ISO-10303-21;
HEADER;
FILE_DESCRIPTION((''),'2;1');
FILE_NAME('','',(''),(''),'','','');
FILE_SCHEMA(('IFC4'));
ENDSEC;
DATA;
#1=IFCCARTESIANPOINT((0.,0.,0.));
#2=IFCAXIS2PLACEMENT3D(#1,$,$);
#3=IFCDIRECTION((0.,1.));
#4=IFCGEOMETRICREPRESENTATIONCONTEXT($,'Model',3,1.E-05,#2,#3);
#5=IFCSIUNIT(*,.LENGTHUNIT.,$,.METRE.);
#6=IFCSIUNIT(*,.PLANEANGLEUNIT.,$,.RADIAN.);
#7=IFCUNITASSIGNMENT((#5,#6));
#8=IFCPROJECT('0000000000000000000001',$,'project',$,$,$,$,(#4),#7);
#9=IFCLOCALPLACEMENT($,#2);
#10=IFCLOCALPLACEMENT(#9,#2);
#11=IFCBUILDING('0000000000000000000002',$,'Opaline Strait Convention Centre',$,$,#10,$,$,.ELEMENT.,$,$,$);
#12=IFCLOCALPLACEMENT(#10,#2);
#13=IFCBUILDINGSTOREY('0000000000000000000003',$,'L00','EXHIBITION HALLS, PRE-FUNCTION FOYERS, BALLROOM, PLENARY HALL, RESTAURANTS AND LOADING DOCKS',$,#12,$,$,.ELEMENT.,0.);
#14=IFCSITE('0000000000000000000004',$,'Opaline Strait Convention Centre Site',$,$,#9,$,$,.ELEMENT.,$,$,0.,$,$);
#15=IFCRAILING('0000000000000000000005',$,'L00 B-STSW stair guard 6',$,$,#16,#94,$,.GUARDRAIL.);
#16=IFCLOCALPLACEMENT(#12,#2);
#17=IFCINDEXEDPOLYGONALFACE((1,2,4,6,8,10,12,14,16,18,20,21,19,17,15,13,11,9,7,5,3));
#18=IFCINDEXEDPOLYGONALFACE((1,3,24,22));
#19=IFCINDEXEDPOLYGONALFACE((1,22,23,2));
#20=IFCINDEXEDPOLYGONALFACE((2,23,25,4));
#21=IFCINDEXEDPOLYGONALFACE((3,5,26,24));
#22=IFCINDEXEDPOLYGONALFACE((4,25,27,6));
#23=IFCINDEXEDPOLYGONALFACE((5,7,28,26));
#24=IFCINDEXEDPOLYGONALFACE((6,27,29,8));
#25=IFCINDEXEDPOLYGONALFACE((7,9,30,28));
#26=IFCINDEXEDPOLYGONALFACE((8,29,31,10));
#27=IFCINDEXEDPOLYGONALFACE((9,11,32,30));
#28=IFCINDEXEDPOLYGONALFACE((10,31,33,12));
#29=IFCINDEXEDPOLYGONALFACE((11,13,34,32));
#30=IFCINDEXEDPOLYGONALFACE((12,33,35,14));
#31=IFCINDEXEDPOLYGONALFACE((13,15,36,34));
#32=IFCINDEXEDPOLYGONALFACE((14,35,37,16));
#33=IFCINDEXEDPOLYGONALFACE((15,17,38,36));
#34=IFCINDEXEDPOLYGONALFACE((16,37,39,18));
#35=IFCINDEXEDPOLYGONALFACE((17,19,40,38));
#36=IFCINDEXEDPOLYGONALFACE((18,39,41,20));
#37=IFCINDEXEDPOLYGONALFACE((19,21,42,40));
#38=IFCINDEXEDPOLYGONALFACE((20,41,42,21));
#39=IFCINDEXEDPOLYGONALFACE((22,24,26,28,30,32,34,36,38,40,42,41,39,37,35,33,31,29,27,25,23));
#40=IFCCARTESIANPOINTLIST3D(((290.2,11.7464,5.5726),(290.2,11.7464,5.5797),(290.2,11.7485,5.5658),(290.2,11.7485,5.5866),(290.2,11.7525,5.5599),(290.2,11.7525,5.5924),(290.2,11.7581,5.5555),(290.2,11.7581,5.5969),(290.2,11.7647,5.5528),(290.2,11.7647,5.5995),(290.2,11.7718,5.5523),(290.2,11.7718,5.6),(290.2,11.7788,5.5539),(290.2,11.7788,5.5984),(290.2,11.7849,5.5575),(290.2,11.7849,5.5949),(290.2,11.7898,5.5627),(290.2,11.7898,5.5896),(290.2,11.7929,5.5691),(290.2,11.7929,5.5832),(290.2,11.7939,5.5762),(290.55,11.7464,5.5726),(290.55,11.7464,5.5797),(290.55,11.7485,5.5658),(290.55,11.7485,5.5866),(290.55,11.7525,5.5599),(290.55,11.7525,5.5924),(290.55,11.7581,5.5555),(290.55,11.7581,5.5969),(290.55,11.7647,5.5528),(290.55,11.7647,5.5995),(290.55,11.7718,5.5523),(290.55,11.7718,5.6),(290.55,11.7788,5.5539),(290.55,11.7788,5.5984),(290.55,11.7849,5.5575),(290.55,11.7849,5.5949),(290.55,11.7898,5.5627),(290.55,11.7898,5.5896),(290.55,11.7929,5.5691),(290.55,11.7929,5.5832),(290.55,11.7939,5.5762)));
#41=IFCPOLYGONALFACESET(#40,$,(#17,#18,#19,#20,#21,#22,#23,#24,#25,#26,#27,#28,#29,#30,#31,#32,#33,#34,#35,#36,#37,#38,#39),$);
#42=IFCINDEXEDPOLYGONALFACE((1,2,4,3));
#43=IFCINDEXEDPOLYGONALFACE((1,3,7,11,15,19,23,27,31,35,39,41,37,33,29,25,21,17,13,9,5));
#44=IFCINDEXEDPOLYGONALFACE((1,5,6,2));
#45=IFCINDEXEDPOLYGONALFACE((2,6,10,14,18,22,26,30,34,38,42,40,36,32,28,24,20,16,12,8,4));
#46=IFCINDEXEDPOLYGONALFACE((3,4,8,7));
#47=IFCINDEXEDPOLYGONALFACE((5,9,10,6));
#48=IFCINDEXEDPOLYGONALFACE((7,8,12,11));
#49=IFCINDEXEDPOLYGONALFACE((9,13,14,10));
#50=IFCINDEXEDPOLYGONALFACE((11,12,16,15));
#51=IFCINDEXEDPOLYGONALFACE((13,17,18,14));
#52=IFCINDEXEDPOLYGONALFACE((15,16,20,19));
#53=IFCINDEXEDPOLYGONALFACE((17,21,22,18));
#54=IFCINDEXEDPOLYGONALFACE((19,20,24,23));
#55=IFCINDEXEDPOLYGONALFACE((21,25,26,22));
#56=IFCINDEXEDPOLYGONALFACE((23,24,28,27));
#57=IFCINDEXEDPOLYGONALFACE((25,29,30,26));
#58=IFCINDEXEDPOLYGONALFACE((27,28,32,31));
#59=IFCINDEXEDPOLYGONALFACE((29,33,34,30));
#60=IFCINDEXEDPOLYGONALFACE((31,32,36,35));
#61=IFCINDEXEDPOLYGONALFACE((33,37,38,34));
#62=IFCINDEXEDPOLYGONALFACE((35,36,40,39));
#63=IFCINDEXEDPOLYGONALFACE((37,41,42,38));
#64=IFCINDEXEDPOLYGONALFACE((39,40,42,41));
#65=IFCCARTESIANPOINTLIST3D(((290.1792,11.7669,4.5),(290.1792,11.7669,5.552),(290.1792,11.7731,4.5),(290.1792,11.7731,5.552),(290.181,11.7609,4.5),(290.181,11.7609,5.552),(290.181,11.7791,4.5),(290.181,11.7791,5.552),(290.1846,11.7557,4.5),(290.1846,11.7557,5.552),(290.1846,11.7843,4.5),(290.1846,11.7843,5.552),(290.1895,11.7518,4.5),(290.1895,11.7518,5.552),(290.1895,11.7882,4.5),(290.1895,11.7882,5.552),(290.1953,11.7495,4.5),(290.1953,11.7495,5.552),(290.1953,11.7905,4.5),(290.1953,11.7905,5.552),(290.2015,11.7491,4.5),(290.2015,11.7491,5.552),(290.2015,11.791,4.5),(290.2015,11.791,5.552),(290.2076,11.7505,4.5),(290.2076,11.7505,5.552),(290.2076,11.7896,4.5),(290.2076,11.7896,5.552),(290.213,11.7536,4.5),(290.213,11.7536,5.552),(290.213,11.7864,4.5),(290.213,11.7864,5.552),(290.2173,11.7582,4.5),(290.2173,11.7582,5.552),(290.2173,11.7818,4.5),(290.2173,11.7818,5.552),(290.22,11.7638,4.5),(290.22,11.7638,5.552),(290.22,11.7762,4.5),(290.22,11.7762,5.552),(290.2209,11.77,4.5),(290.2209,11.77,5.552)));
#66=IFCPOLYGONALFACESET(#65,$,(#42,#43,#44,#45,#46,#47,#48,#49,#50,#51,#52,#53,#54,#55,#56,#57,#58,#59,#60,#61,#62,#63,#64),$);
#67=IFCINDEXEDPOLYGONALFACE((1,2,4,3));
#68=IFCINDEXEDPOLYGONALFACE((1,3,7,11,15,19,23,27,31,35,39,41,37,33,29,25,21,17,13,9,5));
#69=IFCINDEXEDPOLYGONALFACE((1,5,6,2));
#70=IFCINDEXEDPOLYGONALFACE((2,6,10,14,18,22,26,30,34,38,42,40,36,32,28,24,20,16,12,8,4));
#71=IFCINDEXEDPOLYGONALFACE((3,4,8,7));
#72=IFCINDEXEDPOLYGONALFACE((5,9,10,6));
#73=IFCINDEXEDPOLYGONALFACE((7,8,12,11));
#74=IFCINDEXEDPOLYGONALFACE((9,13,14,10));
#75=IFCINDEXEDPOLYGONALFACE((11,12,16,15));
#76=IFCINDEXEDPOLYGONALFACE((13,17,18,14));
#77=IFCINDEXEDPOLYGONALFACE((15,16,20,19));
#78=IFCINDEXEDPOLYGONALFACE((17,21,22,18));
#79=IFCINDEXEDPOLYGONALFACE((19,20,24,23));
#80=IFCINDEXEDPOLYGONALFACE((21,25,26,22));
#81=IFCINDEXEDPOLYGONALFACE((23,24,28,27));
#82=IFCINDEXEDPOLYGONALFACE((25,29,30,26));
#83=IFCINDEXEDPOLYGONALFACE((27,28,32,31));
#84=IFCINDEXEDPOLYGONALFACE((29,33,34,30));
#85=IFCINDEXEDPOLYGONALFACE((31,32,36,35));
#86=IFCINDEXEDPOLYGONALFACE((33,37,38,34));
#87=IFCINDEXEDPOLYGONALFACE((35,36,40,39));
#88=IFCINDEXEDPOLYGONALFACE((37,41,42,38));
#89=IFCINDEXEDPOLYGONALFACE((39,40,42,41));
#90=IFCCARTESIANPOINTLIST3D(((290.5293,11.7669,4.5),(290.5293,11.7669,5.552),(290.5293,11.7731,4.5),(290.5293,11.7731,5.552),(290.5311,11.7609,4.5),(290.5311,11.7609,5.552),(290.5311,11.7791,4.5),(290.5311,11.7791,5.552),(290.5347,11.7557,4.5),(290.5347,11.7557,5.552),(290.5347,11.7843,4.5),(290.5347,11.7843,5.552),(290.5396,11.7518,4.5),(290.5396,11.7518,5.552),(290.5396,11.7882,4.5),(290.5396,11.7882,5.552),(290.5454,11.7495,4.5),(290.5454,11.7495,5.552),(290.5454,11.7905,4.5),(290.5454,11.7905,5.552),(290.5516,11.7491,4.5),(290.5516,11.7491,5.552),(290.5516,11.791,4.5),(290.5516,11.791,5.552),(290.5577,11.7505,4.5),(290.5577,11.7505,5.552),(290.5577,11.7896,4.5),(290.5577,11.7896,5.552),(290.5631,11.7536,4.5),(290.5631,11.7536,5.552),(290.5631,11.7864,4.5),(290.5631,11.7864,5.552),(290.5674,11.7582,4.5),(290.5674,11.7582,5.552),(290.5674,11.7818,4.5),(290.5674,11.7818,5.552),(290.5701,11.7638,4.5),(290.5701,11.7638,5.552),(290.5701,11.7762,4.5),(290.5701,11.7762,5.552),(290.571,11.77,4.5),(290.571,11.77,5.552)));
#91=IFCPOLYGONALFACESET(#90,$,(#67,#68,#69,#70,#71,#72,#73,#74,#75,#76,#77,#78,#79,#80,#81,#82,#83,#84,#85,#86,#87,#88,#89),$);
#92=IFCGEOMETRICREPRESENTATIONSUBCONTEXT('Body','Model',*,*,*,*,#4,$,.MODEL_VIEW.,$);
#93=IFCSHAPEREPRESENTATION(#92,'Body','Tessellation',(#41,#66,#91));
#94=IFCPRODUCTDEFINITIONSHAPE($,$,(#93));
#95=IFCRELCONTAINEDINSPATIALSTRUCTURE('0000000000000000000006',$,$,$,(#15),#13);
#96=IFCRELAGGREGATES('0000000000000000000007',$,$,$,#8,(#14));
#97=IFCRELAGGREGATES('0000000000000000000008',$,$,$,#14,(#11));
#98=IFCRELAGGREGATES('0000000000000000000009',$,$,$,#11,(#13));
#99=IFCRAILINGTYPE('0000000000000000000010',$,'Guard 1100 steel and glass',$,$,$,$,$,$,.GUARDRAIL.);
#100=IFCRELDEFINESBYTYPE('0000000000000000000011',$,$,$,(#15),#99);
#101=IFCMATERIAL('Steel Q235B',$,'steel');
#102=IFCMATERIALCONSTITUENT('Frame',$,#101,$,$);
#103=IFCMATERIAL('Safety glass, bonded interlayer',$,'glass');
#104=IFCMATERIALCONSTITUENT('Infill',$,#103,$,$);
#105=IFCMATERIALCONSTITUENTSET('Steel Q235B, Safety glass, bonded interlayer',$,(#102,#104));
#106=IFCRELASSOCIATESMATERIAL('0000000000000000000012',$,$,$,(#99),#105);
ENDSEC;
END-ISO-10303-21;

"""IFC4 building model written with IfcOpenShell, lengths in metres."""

from ifc_helpers import new_model, si_unit, direction, frame, origin, origin_2d, place, context, subcontext, project, spatial, circle, extrude, material, constituent, constituent_set, type_object, element, save


model = new_model("IFC4")

# Units and contexts
model_context = context("Model", 3, precision=1e-05, world=origin(), true_north=direction((0.0, 1.0)))
body_context = subcontext(model_context, "Body", "Model", "MODEL_VIEW")
ifc_project = project(units=[si_unit("LENGTHUNIT", "METRE"), si_unit("PLANEANGLEUNIT", "RADIAN")], contexts=[model_context])

# Site, building, storey
site_placement = place(None, origin())
site = spatial("IfcSite", under=ifc_project, at=site_placement, Name="Opaline Strait Convention Centre Site", CompositionType="ELEMENT", RefElevation=0.0)
building_placement = place(site_placement, origin())
building = spatial("IfcBuilding", under=site, at=building_placement, Name="Opaline Strait Convention Centre", CompositionType="ELEMENT")
storey_placement = place(building_placement, origin())
storey = spatial("IfcBuildingStorey", under=building, at=storey_placement, Name="L00", Description="EXHIBITION HALLS, PRE-FUNCTION FOYERS, BALLROOM, PLENARY HALL, RESTAURANTS AND LOADING DOCKS", CompositionType="ELEMENT", Elevation=0.0)

# Shared definitions
ifc_material_1 = material(Name="Steel Q235B", Category="steel")

# Railing
ifc_constituent_1 = constituent(ifc_material_1, Name="Frame")
ifc_material_2 = material(Name="Safety glass, bonded interlayer", Category="glass")
ifc_constituent_2 = constituent(ifc_material_2, Name="Infill")
ifc_constituent_set = constituent_set(constituents=[ifc_constituent_1, ifc_constituent_2], Name="Steel Q235B, Safety glass, bonded interlayer")
railing_type_1 = type_object("IfcRailingType", Name="Guard 1100 steel and glass", PredefinedType="GUARDRAIL", material=ifc_constituent_set)
railing_1_placement = place(storey_placement, frame((290.2, 11.77, 4.5)))
element("IfcRailing", 1, at=railing_1_placement, inside=storey, type_object=railing_type_1, Name="L00 B-STSW stair guard 6", PredefinedType="GUARDRAIL", context=body_context, shape_type="SweptSolid", body=[
    extrude(circle(Radius=0.0239, at=origin_2d()), frame((0.0, 0.0, 1.0762), z_axis=(1.0, 0.0, 0.0), x_axis=(0.0, 1.0, 0.0)), (0.0, 0.0, 1.0), 0.3501),
    extrude(circle(Radius=0.021, at=origin_2d()), origin(), (0.0, 0.0, 1.0), 1.052),
    extrude(circle(Radius=0.021, at=origin_2d()), frame((0.3501, 0.0, 0.0)), (0.0, 0.0, 1.0), 1.052),
])

save(model, "model.ifc")
